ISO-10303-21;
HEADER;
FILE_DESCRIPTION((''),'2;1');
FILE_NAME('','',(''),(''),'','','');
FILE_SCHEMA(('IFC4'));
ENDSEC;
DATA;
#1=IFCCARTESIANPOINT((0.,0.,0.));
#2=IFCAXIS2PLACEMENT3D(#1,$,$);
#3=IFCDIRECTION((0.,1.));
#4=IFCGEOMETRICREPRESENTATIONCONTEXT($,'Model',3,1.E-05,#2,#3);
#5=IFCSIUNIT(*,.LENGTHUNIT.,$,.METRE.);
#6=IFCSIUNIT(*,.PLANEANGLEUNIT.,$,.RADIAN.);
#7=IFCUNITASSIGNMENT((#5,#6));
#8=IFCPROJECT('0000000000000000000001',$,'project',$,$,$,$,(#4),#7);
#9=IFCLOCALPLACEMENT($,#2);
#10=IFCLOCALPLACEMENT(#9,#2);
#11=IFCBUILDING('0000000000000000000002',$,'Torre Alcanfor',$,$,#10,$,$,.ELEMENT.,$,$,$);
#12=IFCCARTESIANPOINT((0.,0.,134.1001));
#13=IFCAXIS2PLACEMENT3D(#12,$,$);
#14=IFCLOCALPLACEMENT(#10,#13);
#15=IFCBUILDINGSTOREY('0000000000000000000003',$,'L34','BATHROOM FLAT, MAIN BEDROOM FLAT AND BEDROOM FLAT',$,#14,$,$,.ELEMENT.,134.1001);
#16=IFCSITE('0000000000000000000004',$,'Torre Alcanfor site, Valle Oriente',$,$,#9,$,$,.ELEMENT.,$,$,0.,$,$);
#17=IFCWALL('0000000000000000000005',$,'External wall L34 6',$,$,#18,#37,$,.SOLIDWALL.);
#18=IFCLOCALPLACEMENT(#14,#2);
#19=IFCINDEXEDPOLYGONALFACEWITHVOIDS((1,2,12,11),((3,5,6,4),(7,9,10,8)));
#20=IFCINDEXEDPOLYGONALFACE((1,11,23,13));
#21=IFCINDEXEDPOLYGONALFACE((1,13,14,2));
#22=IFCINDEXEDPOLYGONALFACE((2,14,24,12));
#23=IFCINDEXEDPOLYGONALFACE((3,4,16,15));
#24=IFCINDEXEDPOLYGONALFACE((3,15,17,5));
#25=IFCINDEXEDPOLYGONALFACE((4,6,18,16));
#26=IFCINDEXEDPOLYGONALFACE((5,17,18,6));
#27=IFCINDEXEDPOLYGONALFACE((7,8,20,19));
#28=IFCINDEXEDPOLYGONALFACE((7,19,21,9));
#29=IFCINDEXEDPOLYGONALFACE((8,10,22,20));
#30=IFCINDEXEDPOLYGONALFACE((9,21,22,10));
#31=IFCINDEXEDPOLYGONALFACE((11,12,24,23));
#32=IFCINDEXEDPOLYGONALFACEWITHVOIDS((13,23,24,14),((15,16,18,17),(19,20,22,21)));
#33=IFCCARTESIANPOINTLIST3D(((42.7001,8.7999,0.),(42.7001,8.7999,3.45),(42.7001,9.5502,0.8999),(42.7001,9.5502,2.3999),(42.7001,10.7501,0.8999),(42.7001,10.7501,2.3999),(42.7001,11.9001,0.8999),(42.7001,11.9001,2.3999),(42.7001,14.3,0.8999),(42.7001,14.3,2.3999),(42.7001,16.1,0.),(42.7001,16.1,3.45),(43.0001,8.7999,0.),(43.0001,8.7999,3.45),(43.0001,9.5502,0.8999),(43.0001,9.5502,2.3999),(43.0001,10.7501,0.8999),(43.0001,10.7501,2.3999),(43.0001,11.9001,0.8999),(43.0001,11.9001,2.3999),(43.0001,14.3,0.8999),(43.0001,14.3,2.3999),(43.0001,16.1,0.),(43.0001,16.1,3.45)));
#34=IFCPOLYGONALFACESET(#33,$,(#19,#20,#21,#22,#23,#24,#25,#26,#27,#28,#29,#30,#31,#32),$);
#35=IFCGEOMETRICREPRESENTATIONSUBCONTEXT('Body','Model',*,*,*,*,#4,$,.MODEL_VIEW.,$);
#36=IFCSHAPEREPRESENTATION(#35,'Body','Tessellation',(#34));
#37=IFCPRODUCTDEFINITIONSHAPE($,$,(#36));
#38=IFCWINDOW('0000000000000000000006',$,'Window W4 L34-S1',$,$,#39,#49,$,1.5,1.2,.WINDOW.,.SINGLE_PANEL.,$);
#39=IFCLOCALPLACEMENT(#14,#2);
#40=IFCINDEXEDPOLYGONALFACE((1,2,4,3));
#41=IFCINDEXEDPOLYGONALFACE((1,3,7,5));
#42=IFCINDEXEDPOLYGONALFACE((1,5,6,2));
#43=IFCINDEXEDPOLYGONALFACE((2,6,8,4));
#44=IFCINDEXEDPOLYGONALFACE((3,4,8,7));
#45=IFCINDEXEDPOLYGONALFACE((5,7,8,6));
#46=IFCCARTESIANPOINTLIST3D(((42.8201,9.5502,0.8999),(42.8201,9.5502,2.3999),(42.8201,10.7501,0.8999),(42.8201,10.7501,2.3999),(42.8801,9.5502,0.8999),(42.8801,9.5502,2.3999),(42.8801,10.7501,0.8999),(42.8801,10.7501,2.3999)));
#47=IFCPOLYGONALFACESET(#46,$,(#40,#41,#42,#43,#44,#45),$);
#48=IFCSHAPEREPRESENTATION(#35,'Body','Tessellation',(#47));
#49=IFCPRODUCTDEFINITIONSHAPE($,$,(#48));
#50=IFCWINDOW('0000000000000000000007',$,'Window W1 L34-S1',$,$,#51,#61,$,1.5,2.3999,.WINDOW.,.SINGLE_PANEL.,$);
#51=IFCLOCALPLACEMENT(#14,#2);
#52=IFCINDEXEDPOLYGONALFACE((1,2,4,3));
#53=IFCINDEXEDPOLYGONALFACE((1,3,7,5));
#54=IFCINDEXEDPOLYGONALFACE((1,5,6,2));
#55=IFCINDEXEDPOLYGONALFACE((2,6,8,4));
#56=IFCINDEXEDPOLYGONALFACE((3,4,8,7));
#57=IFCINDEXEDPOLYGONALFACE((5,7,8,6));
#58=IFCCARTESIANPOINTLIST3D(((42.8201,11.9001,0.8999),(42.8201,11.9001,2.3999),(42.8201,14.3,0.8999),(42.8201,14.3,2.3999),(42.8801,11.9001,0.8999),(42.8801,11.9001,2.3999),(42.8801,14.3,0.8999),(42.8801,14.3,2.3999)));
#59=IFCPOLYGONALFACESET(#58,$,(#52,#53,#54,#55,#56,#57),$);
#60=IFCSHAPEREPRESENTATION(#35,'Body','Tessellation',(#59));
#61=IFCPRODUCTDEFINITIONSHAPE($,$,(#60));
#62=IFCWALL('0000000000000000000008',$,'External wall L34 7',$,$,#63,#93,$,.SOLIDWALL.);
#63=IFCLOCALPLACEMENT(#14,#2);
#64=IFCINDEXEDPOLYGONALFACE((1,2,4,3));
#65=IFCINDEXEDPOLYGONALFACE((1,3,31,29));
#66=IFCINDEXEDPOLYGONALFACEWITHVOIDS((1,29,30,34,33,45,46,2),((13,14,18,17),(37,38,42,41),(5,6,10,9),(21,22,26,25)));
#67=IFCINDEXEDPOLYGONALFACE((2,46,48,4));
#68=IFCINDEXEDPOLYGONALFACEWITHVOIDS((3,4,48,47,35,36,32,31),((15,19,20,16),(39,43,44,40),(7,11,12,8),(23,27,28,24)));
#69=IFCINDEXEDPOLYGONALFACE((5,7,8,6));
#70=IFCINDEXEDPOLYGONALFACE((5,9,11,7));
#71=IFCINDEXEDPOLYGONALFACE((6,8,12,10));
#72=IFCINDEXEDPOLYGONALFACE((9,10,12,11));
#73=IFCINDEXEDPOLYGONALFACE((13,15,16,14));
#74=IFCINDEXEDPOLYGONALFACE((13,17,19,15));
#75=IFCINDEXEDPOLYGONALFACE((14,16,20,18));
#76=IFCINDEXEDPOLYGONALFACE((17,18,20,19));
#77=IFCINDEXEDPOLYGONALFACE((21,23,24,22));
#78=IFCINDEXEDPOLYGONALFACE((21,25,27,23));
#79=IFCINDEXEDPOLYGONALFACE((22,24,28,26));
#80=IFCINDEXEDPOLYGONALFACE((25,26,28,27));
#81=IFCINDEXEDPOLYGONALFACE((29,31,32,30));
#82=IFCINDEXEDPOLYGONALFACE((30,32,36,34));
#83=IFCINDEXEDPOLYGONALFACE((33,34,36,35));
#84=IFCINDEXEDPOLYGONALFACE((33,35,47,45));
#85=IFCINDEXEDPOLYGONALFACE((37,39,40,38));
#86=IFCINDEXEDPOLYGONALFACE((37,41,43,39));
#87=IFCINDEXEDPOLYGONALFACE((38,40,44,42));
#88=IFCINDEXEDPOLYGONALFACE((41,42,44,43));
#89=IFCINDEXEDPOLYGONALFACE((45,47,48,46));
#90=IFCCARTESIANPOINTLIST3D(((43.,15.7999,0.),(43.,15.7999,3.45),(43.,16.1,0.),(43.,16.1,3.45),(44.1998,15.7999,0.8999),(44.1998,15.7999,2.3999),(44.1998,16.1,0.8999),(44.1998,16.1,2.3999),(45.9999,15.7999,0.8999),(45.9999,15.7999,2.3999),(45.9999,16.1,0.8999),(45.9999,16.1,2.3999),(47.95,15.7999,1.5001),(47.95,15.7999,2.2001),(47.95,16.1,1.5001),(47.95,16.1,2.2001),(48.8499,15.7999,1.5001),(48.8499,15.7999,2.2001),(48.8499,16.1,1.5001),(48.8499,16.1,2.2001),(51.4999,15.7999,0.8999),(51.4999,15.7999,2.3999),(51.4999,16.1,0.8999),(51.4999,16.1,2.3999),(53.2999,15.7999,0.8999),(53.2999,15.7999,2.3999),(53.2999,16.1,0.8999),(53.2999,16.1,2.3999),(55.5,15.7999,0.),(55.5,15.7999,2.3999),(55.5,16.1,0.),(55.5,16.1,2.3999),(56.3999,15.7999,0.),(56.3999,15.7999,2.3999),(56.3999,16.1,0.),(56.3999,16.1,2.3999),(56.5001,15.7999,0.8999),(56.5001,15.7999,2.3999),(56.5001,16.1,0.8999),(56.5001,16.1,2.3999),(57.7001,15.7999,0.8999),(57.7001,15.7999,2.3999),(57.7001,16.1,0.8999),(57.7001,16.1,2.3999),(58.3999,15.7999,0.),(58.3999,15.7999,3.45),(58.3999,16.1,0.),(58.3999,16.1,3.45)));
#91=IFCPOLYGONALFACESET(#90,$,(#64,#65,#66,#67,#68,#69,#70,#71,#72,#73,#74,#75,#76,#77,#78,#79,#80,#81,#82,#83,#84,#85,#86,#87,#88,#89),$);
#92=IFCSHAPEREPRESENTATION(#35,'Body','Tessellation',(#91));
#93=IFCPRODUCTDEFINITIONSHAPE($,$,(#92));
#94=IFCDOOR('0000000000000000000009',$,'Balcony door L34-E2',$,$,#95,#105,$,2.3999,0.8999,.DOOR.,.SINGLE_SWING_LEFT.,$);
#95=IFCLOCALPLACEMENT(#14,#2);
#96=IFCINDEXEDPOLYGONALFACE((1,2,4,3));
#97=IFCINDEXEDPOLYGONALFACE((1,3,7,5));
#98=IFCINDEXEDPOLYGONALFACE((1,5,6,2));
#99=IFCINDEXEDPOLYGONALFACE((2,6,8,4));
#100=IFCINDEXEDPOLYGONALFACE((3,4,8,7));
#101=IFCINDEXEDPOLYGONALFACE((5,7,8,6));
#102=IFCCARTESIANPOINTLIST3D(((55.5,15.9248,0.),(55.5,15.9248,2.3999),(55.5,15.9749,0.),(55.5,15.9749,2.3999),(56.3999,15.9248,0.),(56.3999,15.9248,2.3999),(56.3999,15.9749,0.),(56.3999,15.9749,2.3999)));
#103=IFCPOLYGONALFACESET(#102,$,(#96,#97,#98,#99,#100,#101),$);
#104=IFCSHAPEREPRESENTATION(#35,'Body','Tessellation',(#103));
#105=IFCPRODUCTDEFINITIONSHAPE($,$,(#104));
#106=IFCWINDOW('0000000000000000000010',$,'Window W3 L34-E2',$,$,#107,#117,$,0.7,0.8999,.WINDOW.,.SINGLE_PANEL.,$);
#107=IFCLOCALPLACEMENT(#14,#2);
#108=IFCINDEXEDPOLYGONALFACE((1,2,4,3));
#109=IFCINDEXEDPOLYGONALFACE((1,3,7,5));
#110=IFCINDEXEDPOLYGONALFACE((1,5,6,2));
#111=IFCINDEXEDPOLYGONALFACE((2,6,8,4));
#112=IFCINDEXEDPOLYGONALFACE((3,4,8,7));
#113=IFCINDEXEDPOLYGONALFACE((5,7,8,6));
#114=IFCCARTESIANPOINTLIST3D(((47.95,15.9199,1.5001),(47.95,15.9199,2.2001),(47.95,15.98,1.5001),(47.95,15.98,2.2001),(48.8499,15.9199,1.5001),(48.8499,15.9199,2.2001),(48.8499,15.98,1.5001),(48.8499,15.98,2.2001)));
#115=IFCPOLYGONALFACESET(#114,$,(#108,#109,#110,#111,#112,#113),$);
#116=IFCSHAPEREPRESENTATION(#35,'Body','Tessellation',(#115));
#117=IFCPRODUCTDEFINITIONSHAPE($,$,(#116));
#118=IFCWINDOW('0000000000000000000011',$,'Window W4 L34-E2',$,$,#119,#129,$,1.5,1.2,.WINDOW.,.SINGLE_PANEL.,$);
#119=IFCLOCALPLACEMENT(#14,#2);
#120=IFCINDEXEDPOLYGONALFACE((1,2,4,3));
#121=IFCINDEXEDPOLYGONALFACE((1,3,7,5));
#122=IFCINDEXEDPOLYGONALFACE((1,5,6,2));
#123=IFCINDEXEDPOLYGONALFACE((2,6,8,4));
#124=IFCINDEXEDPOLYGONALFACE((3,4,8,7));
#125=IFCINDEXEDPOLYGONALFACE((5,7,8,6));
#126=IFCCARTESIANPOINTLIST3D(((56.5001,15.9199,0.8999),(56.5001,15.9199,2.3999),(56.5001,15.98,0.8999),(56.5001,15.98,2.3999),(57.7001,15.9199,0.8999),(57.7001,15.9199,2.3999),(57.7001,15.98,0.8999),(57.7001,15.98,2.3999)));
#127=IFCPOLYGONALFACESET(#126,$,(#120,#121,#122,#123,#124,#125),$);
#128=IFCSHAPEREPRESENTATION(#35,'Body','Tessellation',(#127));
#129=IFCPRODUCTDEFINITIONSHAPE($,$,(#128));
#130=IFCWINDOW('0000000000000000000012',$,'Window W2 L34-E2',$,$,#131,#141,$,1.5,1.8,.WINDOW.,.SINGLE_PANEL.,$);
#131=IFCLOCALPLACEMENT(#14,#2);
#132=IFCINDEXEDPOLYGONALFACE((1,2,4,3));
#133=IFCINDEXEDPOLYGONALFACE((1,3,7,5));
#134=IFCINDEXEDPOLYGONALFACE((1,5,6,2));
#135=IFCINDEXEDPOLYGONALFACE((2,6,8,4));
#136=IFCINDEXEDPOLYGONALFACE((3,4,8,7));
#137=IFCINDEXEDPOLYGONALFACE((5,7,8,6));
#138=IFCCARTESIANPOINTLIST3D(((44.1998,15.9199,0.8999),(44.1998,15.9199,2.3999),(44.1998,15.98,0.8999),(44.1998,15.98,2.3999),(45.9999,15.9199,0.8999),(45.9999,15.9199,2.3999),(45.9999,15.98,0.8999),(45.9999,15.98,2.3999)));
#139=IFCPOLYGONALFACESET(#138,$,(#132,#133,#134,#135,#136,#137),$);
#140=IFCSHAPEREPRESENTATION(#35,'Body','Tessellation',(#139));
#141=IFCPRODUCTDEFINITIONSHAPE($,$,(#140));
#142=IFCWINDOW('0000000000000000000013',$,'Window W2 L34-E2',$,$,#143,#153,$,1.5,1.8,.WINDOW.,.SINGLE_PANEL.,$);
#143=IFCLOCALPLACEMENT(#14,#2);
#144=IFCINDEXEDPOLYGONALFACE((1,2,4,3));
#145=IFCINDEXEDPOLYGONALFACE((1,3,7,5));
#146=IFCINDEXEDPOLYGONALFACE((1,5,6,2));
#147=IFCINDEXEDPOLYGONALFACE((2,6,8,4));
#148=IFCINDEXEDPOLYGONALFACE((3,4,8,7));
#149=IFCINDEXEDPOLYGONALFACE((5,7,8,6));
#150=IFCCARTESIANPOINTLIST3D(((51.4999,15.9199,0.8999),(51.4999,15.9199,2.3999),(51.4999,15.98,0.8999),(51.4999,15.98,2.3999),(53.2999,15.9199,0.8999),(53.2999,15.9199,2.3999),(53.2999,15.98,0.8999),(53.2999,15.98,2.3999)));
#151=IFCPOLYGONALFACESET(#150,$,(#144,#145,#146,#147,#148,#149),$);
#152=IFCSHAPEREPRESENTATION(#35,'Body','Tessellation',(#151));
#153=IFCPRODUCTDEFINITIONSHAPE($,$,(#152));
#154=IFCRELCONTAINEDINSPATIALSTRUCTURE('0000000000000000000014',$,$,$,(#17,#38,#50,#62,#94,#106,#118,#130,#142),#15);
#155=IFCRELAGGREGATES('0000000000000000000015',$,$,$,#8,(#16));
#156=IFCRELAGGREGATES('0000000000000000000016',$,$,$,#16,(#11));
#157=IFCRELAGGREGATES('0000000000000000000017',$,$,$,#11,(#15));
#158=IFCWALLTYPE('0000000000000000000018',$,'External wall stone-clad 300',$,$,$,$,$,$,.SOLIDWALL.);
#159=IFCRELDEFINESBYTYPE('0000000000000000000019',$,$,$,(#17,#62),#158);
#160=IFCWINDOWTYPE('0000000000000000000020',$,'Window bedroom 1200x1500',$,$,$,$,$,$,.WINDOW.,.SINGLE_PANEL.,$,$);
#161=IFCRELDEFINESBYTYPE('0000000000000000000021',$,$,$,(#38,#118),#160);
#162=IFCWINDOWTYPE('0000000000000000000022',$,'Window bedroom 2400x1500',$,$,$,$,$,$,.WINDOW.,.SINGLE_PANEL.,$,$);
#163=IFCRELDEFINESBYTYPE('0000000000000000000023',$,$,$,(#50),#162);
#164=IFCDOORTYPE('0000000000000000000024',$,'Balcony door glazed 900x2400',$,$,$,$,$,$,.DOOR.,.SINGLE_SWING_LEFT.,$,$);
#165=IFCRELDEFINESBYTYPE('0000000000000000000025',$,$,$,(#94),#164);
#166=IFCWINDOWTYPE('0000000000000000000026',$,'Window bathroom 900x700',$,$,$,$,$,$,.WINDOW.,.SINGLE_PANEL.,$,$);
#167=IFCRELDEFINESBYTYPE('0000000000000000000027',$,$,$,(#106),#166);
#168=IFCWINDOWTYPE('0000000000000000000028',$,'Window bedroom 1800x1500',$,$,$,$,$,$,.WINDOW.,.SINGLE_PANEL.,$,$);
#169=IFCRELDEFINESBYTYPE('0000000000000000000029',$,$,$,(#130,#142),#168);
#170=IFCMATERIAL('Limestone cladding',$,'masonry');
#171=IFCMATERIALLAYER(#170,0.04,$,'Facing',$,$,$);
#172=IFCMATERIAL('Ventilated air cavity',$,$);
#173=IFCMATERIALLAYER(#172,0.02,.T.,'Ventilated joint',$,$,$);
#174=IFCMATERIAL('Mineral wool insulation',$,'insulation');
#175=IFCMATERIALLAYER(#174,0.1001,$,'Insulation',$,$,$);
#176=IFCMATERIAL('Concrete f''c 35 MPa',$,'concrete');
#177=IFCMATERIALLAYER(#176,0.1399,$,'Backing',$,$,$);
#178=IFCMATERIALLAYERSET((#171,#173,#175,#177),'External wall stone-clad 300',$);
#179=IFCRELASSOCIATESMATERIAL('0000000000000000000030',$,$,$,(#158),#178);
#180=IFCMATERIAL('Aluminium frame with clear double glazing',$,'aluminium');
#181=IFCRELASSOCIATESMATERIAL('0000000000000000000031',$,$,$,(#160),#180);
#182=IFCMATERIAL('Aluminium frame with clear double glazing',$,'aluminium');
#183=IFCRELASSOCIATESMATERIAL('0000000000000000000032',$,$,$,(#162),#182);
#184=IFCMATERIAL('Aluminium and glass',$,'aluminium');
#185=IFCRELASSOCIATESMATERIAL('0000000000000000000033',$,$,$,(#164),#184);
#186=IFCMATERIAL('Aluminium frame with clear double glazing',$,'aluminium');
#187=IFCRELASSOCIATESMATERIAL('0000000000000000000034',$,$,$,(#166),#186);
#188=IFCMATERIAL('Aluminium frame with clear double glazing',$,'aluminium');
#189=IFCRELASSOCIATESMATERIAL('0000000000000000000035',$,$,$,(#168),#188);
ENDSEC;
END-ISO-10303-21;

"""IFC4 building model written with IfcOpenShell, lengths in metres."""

from ifc_helpers import new_model, si_unit, direction, frame, frame_2d, origin, place, context, subcontext, project, spatial, rectangle, extrude, material, layer, layer_set, type_object, element, fill, save


model = new_model("IFC4")

# Units and contexts
model_context = context("Model", 3, precision=1e-05, world=origin(), true_north=direction((0.0, 1.0)))
body_context = subcontext(model_context, "Body", "Model", "MODEL_VIEW")
ifc_project = project(units=[si_unit("LENGTHUNIT", "METRE"), si_unit("PLANEANGLEUNIT", "RADIAN")], contexts=[model_context])

# Site, building, storey
site_placement = place(None, origin())
site = spatial("IfcSite", under=ifc_project, at=site_placement, Name="Torre Alcanfor site, Valle Oriente", CompositionType="ELEMENT", RefElevation=0.0)
building_placement = place(site_placement, origin())
building = spatial("IfcBuilding", under=site, at=building_placement, Name="Torre Alcanfor", CompositionType="ELEMENT")
storey_placement = place(building_placement, frame((0.0, 0.0, 134.1001)))
storey = spatial("IfcBuildingStorey", under=building, at=storey_placement, Name="L34", Description="BATHROOM FLAT, MAIN BEDROOM FLAT AND BEDROOM FLAT", CompositionType="ELEMENT", Elevation=134.1001)

# Wall, openings, windows
ifc_material_1 = material(Name="Limestone cladding", Category="masonry")
ifc_layer_1 = layer(ifc_material_1, 0.04, Name="Facing")
ifc_material_2 = material(Name="Ventilated air cavity")
ifc_layer_2 = layer(ifc_material_2, 0.02, ventilated=True, Name="Ventilated joint")
ifc_material_3 = material(Name="Mineral wool insulation", Category="insulation")
ifc_layer_3 = layer(ifc_material_3, 0.1001, Name="Insulation")
ifc_material_4 = material(Name="Concrete f'c 35 MPa", Category="concrete")
ifc_layer_4 = layer(ifc_material_4, 0.1399, Name="Backing")
ifc_layer_set_1 = layer_set([ifc_layer_1, ifc_layer_2, ifc_layer_3, ifc_layer_4], Name="External wall stone-clad 300")
wall_type_1 = type_object("IfcWallType", Name="External wall stone-clad 300", PredefinedType="SOLIDWALL", material=ifc_layer_set_1)
wall_1_placement = place(storey_placement, frame((42.8501, 8.8, 0.0), z_axis=(0.0, 0.0, 1.0), x_axis=(0.0, 1.0, 0.0)))
wall_1 = element("IfcWall", 1, at=wall_1_placement, inside=storey, type_object=wall_type_1, Name="External wall L34 6", PredefinedType="SOLIDWALL", context=body_context, shape_type="SweptSolid", body=[
    extrude(rectangle(XDim=7.3, YDim=0.3, at=frame_2d((3.6499, 0.0))), origin(), (0.0, 0.0, 1.0), 3.45),
])
opening_1_placement = place(wall_1_placement, frame((3.1001, 0.0, 0.8999)))
opening_1 = element("IfcOpeningElement", 2, at=opening_1_placement, cuts=wall_1, PredefinedType="OPENING", context=body_context, shape_type="SweptSolid", body=[
    extrude(rectangle(XDim=2.3999, YDim=1.5, at=frame_2d((1.2, 0.75))), frame((0.0, 0.1599, 0.0), z_axis=(0.0, -1.0, 0.0), x_axis=(1.0, 0.0, 0.0)), (0.0, 0.0, 1.0), 0.3201),
])
opening_2_placement = place(wall_1_placement, frame((0.75, 0.0, 0.8999)))
opening_2 = element("IfcOpeningElement", 3, at=opening_2_placement, cuts=wall_1, PredefinedType="OPENING", context=body_context, shape_type="SweptSolid", body=[
    extrude(rectangle(XDim=1.2, YDim=1.5, at=frame_2d((0.6001, 0.75))), frame((0.0, 0.1599, 0.0), z_axis=(0.0, -1.0, 0.0), x_axis=(1.0, 0.0, 0.0)), (0.0, 0.0, 1.0), 0.3201),
])
ifc_material_5 = material(Name="Aluminium frame with clear double glazing", Category="aluminium")
window_type_1 = type_object("IfcWindowType", Name="Window bedroom 1200x1500", PartitioningType="SINGLE_PANEL", PredefinedType="WINDOW", material=ifc_material_5)
window_1_placement = place(opening_2_placement, origin())
window_1 = element("IfcWindow", 4, at=window_1_placement, inside=storey, type_object=window_type_1, Name="Window W4 L34-S1", OverallHeight=1.5, OverallWidth=1.2, PartitioningType="SINGLE_PANEL", PredefinedType="WINDOW", context=body_context, shape_type="SweptSolid", body=[
    extrude(rectangle(XDim=1.2, YDim=1.5, at=frame_2d((0.6001, 0.75))), frame((0.0, 0.03, 0.0), z_axis=(0.0, -1.0, 0.0), x_axis=(1.0, 0.0, 0.0)), (0.0, 0.0, 1.0), 0.0601),
])
fill(opening_2, window_1)
ifc_material_6 = material(Name="Aluminium frame with clear double glazing", Category="aluminium")
window_type_2 = type_object("IfcWindowType", Name="Window bedroom 2400x1500", PartitioningType="SINGLE_PANEL", PredefinedType="WINDOW", material=ifc_material_6)
window_2_placement = place(opening_1_placement, origin())
window_2 = element("IfcWindow", 5, at=window_2_placement, inside=storey, type_object=window_type_2, Name="Window W1 L34-S1", OverallHeight=1.5, OverallWidth=2.3999, PartitioningType="SINGLE_PANEL", PredefinedType="WINDOW", context=body_context, shape_type="SweptSolid", body=[
    extrude(rectangle(XDim=2.3999, YDim=1.5, at=frame_2d((1.2, 0.75))), frame((0.0, 0.03, 0.0), z_axis=(0.0, -1.0, 0.0), x_axis=(1.0, 0.0, 0.0)), (0.0, 0.0, 1.0), 0.0601),
])
fill(opening_1, window_2)

# Wall, openings, door, windows
wall_2_placement = place(storey_placement, frame((43.0, 15.95, 0.0), z_axis=(0.0, 0.0, 1.0), x_axis=(1.0, 0.0, 0.0)))
wall_2 = element("IfcWall", 6, at=wall_2_placement, inside=storey, type_object=wall_type_1, Name="External wall L34 7", PredefinedType="SOLIDWALL", context=body_context, shape_type="SweptSolid", body=[
    extrude(rectangle(XDim=15.3999, YDim=0.3, at=frame_2d((7.7, 0.0))), origin(), (0.0, 0.0, 1.0), 3.45),
])
opening_3_placement = place(wall_2_placement, frame((1.2, 0.0, 0.8999)))
opening_3 = element("IfcOpeningElement", 7, at=opening_3_placement, cuts=wall_2, PredefinedType="OPENING", context=body_context, shape_type="SweptSolid", body=[
    extrude(rectangle(XDim=1.8, YDim=1.5, at=frame_2d((0.8999, 0.75))), frame((0.0, 0.1599, 0.0), z_axis=(0.0, -1.0, 0.0), x_axis=(1.0, 0.0, 0.0)), (0.0, 0.0, 1.0), 0.3201),
])
opening_4_placement = place(wall_2_placement, frame((4.95, 0.0, 1.5)))
opening_4 = element("IfcOpeningElement", 8, at=opening_4_placement, cuts=wall_2, PredefinedType="OPENING", context=body_context, shape_type="SweptSolid", body=[
    extrude(rectangle(XDim=0.8999, YDim=0.7, at=frame_2d((0.45, 0.3501))), frame((0.0, 0.1599, 0.0), z_axis=(0.0, -1.0, 0.0), x_axis=(1.0, 0.0, 0.0)), (0.0, 0.0, 1.0), 0.3201),
])
opening_5_placement = place(wall_2_placement, frame((8.5, 0.0, 0.8999)))
opening_5 = element("IfcOpeningElement", 9, at=opening_5_placement, cuts=wall_2, PredefinedType="OPENING", context=body_context, shape_type="SweptSolid", body=[
    extrude(rectangle(XDim=1.8, YDim=1.5, at=frame_2d((0.8999, 0.75))), frame((0.0, 0.1599, 0.0), z_axis=(0.0, -1.0, 0.0), x_axis=(1.0, 0.0, 0.0)), (0.0, 0.0, 1.0), 0.3201),
])
opening_6_placement = place(wall_2_placement, frame((12.5, 0.0, 0.0)))
opening_6 = element("IfcOpeningElement", 10, at=opening_6_placement, cuts=wall_2, PredefinedType="OPENING", context=body_context, shape_type="SweptSolid", body=[
    extrude(rectangle(XDim=0.8999, YDim=2.3999, at=frame_2d((0.45, 1.2))), frame((0.0, 0.1599, 0.0), z_axis=(0.0, -1.0, 0.0), x_axis=(1.0, 0.0, 0.0)), (0.0, 0.0, 1.0), 0.3201),
])
opening_7_placement = place(wall_2_placement, frame((13.5, 0.0, 0.8999)))
opening_7 = element("IfcOpeningElement", 11, at=opening_7_placement, cuts=wall_2, PredefinedType="OPENING", context=body_context, shape_type="SweptSolid", body=[
    extrude(rectangle(XDim=1.2, YDim=1.5, at=frame_2d((0.6001, 0.75))), frame((0.0, 0.1599, 0.0), z_axis=(0.0, -1.0, 0.0), x_axis=(1.0, 0.0, 0.0)), (0.0, 0.0, 1.0), 0.3201),
])
ifc_material_7 = material(Name="Aluminium and glass", Category="aluminium")
door_type_1 = type_object("IfcDoorType", Name="Balcony door glazed 900x2400", OperationType="SINGLE_SWING_LEFT", PredefinedType="DOOR", material=ifc_material_7)
door_1_placement = place(opening_6_placement, origin())
door_1 = element("IfcDoor", 12, at=door_1_placement, inside=storey, type_object=door_type_1, Name="Balcony door L34-E2", OperationType="SINGLE_SWING_LEFT", OverallHeight=2.3999, OverallWidth=0.8999, PredefinedType="DOOR", context=body_context, shape_type="SweptSolid", body=[
    extrude(rectangle(XDim=0.8999, YDim=2.3999, at=frame_2d((0.45, 1.2))), frame((0.0, 0.0249, 0.0), z_axis=(0.0, -1.0, 0.0), x_axis=(1.0, 0.0, 0.0)), (0.0, 0.0, 1.0), 0.05),
])
fill(opening_6, door_1)
ifc_material_8 = material(Name="Aluminium frame with clear double glazing", Category="aluminium")
window_type_3 = type_object("IfcWindowType", Name="Window bathroom 900x700", PartitioningType="SINGLE_PANEL", PredefinedType="WINDOW", material=ifc_material_8)
window_3_placement = place(opening_4_placement, origin())
window_3 = element("IfcWindow", 13, at=window_3_placement, inside=storey, type_object=window_type_3, Name="Window W3 L34-E2", OverallHeight=0.7, OverallWidth=0.8999, PartitioningType="SINGLE_PANEL", PredefinedType="WINDOW", context=body_context, shape_type="SweptSolid", body=[
    extrude(rectangle(XDim=0.8999, YDim=0.7, at=frame_2d((0.45, 0.3501))), frame((0.0, 0.03, 0.0), z_axis=(0.0, -1.0, 0.0), x_axis=(1.0, 0.0, 0.0)), (0.0, 0.0, 1.0), 0.0601),
])
fill(opening_4, window_3)
window_4_placement = place(opening_7_placement, origin())
window_4 = element("IfcWindow", 14, at=window_4_placement, inside=storey, type_object=window_type_1, Name="Window W4 L34-E2", OverallHeight=1.5, OverallWidth=1.2, PartitioningType="SINGLE_PANEL", PredefinedType="WINDOW", context=body_context, shape_type="SweptSolid", body=[
    extrude(rectangle(XDim=1.2, YDim=1.5, at=frame_2d((0.6001, 0.75))), frame((0.0, 0.03, 0.0), z_axis=(0.0, -1.0, 0.0), x_axis=(1.0, 0.0, 0.0)), (0.0, 0.0, 1.0), 0.0601),
])
fill(opening_7, window_4)
ifc_material_9 = material(Name="Aluminium frame with clear double glazing", Category="aluminium")
window_type_4 = type_object("IfcWindowType", Name="Window bedroom 1800x1500", PartitioningType="SINGLE_PANEL", PredefinedType="WINDOW", material=ifc_material_9)
window_5_placement = place(opening_3_placement, origin())
window_5 = element("IfcWindow", 15, at=window_5_placement, inside=storey, type_object=window_type_4, Name="Window W2 L34-E2", OverallHeight=1.5, OverallWidth=1.8, PartitioningType="SINGLE_PANEL", PredefinedType="WINDOW", context=body_context, shape_type="SweptSolid", body=[
    extrude(rectangle(XDim=1.8, YDim=1.5, at=frame_2d((0.8999, 0.75))), frame((0.0, 0.03, 0.0), z_axis=(0.0, -1.0, 0.0), x_axis=(1.0, 0.0, 0.0)), (0.0, 0.0, 1.0), 0.0601),
])
fill(opening_3, window_5)
window_6_placement = place(opening_5_placement, origin())
window_6 = element("IfcWindow", 16, at=window_6_placement, inside=storey, type_object=window_type_4, Name="Window W2 L34-E2", OverallHeight=1.5, OverallWidth=1.8, PartitioningType="SINGLE_PANEL", PredefinedType="WINDOW", context=body_context, shape_type="SweptSolid", body=[
    extrude(rectangle(XDim=1.8, YDim=1.5, at=frame_2d((0.8999, 0.75))), frame((0.0, 0.03, 0.0), z_axis=(0.0, -1.0, 0.0), x_axis=(1.0, 0.0, 0.0)), (0.0, 0.0, 1.0), 0.0601),
])
fill(opening_5, window_6)

save(model, "model.ifc")
